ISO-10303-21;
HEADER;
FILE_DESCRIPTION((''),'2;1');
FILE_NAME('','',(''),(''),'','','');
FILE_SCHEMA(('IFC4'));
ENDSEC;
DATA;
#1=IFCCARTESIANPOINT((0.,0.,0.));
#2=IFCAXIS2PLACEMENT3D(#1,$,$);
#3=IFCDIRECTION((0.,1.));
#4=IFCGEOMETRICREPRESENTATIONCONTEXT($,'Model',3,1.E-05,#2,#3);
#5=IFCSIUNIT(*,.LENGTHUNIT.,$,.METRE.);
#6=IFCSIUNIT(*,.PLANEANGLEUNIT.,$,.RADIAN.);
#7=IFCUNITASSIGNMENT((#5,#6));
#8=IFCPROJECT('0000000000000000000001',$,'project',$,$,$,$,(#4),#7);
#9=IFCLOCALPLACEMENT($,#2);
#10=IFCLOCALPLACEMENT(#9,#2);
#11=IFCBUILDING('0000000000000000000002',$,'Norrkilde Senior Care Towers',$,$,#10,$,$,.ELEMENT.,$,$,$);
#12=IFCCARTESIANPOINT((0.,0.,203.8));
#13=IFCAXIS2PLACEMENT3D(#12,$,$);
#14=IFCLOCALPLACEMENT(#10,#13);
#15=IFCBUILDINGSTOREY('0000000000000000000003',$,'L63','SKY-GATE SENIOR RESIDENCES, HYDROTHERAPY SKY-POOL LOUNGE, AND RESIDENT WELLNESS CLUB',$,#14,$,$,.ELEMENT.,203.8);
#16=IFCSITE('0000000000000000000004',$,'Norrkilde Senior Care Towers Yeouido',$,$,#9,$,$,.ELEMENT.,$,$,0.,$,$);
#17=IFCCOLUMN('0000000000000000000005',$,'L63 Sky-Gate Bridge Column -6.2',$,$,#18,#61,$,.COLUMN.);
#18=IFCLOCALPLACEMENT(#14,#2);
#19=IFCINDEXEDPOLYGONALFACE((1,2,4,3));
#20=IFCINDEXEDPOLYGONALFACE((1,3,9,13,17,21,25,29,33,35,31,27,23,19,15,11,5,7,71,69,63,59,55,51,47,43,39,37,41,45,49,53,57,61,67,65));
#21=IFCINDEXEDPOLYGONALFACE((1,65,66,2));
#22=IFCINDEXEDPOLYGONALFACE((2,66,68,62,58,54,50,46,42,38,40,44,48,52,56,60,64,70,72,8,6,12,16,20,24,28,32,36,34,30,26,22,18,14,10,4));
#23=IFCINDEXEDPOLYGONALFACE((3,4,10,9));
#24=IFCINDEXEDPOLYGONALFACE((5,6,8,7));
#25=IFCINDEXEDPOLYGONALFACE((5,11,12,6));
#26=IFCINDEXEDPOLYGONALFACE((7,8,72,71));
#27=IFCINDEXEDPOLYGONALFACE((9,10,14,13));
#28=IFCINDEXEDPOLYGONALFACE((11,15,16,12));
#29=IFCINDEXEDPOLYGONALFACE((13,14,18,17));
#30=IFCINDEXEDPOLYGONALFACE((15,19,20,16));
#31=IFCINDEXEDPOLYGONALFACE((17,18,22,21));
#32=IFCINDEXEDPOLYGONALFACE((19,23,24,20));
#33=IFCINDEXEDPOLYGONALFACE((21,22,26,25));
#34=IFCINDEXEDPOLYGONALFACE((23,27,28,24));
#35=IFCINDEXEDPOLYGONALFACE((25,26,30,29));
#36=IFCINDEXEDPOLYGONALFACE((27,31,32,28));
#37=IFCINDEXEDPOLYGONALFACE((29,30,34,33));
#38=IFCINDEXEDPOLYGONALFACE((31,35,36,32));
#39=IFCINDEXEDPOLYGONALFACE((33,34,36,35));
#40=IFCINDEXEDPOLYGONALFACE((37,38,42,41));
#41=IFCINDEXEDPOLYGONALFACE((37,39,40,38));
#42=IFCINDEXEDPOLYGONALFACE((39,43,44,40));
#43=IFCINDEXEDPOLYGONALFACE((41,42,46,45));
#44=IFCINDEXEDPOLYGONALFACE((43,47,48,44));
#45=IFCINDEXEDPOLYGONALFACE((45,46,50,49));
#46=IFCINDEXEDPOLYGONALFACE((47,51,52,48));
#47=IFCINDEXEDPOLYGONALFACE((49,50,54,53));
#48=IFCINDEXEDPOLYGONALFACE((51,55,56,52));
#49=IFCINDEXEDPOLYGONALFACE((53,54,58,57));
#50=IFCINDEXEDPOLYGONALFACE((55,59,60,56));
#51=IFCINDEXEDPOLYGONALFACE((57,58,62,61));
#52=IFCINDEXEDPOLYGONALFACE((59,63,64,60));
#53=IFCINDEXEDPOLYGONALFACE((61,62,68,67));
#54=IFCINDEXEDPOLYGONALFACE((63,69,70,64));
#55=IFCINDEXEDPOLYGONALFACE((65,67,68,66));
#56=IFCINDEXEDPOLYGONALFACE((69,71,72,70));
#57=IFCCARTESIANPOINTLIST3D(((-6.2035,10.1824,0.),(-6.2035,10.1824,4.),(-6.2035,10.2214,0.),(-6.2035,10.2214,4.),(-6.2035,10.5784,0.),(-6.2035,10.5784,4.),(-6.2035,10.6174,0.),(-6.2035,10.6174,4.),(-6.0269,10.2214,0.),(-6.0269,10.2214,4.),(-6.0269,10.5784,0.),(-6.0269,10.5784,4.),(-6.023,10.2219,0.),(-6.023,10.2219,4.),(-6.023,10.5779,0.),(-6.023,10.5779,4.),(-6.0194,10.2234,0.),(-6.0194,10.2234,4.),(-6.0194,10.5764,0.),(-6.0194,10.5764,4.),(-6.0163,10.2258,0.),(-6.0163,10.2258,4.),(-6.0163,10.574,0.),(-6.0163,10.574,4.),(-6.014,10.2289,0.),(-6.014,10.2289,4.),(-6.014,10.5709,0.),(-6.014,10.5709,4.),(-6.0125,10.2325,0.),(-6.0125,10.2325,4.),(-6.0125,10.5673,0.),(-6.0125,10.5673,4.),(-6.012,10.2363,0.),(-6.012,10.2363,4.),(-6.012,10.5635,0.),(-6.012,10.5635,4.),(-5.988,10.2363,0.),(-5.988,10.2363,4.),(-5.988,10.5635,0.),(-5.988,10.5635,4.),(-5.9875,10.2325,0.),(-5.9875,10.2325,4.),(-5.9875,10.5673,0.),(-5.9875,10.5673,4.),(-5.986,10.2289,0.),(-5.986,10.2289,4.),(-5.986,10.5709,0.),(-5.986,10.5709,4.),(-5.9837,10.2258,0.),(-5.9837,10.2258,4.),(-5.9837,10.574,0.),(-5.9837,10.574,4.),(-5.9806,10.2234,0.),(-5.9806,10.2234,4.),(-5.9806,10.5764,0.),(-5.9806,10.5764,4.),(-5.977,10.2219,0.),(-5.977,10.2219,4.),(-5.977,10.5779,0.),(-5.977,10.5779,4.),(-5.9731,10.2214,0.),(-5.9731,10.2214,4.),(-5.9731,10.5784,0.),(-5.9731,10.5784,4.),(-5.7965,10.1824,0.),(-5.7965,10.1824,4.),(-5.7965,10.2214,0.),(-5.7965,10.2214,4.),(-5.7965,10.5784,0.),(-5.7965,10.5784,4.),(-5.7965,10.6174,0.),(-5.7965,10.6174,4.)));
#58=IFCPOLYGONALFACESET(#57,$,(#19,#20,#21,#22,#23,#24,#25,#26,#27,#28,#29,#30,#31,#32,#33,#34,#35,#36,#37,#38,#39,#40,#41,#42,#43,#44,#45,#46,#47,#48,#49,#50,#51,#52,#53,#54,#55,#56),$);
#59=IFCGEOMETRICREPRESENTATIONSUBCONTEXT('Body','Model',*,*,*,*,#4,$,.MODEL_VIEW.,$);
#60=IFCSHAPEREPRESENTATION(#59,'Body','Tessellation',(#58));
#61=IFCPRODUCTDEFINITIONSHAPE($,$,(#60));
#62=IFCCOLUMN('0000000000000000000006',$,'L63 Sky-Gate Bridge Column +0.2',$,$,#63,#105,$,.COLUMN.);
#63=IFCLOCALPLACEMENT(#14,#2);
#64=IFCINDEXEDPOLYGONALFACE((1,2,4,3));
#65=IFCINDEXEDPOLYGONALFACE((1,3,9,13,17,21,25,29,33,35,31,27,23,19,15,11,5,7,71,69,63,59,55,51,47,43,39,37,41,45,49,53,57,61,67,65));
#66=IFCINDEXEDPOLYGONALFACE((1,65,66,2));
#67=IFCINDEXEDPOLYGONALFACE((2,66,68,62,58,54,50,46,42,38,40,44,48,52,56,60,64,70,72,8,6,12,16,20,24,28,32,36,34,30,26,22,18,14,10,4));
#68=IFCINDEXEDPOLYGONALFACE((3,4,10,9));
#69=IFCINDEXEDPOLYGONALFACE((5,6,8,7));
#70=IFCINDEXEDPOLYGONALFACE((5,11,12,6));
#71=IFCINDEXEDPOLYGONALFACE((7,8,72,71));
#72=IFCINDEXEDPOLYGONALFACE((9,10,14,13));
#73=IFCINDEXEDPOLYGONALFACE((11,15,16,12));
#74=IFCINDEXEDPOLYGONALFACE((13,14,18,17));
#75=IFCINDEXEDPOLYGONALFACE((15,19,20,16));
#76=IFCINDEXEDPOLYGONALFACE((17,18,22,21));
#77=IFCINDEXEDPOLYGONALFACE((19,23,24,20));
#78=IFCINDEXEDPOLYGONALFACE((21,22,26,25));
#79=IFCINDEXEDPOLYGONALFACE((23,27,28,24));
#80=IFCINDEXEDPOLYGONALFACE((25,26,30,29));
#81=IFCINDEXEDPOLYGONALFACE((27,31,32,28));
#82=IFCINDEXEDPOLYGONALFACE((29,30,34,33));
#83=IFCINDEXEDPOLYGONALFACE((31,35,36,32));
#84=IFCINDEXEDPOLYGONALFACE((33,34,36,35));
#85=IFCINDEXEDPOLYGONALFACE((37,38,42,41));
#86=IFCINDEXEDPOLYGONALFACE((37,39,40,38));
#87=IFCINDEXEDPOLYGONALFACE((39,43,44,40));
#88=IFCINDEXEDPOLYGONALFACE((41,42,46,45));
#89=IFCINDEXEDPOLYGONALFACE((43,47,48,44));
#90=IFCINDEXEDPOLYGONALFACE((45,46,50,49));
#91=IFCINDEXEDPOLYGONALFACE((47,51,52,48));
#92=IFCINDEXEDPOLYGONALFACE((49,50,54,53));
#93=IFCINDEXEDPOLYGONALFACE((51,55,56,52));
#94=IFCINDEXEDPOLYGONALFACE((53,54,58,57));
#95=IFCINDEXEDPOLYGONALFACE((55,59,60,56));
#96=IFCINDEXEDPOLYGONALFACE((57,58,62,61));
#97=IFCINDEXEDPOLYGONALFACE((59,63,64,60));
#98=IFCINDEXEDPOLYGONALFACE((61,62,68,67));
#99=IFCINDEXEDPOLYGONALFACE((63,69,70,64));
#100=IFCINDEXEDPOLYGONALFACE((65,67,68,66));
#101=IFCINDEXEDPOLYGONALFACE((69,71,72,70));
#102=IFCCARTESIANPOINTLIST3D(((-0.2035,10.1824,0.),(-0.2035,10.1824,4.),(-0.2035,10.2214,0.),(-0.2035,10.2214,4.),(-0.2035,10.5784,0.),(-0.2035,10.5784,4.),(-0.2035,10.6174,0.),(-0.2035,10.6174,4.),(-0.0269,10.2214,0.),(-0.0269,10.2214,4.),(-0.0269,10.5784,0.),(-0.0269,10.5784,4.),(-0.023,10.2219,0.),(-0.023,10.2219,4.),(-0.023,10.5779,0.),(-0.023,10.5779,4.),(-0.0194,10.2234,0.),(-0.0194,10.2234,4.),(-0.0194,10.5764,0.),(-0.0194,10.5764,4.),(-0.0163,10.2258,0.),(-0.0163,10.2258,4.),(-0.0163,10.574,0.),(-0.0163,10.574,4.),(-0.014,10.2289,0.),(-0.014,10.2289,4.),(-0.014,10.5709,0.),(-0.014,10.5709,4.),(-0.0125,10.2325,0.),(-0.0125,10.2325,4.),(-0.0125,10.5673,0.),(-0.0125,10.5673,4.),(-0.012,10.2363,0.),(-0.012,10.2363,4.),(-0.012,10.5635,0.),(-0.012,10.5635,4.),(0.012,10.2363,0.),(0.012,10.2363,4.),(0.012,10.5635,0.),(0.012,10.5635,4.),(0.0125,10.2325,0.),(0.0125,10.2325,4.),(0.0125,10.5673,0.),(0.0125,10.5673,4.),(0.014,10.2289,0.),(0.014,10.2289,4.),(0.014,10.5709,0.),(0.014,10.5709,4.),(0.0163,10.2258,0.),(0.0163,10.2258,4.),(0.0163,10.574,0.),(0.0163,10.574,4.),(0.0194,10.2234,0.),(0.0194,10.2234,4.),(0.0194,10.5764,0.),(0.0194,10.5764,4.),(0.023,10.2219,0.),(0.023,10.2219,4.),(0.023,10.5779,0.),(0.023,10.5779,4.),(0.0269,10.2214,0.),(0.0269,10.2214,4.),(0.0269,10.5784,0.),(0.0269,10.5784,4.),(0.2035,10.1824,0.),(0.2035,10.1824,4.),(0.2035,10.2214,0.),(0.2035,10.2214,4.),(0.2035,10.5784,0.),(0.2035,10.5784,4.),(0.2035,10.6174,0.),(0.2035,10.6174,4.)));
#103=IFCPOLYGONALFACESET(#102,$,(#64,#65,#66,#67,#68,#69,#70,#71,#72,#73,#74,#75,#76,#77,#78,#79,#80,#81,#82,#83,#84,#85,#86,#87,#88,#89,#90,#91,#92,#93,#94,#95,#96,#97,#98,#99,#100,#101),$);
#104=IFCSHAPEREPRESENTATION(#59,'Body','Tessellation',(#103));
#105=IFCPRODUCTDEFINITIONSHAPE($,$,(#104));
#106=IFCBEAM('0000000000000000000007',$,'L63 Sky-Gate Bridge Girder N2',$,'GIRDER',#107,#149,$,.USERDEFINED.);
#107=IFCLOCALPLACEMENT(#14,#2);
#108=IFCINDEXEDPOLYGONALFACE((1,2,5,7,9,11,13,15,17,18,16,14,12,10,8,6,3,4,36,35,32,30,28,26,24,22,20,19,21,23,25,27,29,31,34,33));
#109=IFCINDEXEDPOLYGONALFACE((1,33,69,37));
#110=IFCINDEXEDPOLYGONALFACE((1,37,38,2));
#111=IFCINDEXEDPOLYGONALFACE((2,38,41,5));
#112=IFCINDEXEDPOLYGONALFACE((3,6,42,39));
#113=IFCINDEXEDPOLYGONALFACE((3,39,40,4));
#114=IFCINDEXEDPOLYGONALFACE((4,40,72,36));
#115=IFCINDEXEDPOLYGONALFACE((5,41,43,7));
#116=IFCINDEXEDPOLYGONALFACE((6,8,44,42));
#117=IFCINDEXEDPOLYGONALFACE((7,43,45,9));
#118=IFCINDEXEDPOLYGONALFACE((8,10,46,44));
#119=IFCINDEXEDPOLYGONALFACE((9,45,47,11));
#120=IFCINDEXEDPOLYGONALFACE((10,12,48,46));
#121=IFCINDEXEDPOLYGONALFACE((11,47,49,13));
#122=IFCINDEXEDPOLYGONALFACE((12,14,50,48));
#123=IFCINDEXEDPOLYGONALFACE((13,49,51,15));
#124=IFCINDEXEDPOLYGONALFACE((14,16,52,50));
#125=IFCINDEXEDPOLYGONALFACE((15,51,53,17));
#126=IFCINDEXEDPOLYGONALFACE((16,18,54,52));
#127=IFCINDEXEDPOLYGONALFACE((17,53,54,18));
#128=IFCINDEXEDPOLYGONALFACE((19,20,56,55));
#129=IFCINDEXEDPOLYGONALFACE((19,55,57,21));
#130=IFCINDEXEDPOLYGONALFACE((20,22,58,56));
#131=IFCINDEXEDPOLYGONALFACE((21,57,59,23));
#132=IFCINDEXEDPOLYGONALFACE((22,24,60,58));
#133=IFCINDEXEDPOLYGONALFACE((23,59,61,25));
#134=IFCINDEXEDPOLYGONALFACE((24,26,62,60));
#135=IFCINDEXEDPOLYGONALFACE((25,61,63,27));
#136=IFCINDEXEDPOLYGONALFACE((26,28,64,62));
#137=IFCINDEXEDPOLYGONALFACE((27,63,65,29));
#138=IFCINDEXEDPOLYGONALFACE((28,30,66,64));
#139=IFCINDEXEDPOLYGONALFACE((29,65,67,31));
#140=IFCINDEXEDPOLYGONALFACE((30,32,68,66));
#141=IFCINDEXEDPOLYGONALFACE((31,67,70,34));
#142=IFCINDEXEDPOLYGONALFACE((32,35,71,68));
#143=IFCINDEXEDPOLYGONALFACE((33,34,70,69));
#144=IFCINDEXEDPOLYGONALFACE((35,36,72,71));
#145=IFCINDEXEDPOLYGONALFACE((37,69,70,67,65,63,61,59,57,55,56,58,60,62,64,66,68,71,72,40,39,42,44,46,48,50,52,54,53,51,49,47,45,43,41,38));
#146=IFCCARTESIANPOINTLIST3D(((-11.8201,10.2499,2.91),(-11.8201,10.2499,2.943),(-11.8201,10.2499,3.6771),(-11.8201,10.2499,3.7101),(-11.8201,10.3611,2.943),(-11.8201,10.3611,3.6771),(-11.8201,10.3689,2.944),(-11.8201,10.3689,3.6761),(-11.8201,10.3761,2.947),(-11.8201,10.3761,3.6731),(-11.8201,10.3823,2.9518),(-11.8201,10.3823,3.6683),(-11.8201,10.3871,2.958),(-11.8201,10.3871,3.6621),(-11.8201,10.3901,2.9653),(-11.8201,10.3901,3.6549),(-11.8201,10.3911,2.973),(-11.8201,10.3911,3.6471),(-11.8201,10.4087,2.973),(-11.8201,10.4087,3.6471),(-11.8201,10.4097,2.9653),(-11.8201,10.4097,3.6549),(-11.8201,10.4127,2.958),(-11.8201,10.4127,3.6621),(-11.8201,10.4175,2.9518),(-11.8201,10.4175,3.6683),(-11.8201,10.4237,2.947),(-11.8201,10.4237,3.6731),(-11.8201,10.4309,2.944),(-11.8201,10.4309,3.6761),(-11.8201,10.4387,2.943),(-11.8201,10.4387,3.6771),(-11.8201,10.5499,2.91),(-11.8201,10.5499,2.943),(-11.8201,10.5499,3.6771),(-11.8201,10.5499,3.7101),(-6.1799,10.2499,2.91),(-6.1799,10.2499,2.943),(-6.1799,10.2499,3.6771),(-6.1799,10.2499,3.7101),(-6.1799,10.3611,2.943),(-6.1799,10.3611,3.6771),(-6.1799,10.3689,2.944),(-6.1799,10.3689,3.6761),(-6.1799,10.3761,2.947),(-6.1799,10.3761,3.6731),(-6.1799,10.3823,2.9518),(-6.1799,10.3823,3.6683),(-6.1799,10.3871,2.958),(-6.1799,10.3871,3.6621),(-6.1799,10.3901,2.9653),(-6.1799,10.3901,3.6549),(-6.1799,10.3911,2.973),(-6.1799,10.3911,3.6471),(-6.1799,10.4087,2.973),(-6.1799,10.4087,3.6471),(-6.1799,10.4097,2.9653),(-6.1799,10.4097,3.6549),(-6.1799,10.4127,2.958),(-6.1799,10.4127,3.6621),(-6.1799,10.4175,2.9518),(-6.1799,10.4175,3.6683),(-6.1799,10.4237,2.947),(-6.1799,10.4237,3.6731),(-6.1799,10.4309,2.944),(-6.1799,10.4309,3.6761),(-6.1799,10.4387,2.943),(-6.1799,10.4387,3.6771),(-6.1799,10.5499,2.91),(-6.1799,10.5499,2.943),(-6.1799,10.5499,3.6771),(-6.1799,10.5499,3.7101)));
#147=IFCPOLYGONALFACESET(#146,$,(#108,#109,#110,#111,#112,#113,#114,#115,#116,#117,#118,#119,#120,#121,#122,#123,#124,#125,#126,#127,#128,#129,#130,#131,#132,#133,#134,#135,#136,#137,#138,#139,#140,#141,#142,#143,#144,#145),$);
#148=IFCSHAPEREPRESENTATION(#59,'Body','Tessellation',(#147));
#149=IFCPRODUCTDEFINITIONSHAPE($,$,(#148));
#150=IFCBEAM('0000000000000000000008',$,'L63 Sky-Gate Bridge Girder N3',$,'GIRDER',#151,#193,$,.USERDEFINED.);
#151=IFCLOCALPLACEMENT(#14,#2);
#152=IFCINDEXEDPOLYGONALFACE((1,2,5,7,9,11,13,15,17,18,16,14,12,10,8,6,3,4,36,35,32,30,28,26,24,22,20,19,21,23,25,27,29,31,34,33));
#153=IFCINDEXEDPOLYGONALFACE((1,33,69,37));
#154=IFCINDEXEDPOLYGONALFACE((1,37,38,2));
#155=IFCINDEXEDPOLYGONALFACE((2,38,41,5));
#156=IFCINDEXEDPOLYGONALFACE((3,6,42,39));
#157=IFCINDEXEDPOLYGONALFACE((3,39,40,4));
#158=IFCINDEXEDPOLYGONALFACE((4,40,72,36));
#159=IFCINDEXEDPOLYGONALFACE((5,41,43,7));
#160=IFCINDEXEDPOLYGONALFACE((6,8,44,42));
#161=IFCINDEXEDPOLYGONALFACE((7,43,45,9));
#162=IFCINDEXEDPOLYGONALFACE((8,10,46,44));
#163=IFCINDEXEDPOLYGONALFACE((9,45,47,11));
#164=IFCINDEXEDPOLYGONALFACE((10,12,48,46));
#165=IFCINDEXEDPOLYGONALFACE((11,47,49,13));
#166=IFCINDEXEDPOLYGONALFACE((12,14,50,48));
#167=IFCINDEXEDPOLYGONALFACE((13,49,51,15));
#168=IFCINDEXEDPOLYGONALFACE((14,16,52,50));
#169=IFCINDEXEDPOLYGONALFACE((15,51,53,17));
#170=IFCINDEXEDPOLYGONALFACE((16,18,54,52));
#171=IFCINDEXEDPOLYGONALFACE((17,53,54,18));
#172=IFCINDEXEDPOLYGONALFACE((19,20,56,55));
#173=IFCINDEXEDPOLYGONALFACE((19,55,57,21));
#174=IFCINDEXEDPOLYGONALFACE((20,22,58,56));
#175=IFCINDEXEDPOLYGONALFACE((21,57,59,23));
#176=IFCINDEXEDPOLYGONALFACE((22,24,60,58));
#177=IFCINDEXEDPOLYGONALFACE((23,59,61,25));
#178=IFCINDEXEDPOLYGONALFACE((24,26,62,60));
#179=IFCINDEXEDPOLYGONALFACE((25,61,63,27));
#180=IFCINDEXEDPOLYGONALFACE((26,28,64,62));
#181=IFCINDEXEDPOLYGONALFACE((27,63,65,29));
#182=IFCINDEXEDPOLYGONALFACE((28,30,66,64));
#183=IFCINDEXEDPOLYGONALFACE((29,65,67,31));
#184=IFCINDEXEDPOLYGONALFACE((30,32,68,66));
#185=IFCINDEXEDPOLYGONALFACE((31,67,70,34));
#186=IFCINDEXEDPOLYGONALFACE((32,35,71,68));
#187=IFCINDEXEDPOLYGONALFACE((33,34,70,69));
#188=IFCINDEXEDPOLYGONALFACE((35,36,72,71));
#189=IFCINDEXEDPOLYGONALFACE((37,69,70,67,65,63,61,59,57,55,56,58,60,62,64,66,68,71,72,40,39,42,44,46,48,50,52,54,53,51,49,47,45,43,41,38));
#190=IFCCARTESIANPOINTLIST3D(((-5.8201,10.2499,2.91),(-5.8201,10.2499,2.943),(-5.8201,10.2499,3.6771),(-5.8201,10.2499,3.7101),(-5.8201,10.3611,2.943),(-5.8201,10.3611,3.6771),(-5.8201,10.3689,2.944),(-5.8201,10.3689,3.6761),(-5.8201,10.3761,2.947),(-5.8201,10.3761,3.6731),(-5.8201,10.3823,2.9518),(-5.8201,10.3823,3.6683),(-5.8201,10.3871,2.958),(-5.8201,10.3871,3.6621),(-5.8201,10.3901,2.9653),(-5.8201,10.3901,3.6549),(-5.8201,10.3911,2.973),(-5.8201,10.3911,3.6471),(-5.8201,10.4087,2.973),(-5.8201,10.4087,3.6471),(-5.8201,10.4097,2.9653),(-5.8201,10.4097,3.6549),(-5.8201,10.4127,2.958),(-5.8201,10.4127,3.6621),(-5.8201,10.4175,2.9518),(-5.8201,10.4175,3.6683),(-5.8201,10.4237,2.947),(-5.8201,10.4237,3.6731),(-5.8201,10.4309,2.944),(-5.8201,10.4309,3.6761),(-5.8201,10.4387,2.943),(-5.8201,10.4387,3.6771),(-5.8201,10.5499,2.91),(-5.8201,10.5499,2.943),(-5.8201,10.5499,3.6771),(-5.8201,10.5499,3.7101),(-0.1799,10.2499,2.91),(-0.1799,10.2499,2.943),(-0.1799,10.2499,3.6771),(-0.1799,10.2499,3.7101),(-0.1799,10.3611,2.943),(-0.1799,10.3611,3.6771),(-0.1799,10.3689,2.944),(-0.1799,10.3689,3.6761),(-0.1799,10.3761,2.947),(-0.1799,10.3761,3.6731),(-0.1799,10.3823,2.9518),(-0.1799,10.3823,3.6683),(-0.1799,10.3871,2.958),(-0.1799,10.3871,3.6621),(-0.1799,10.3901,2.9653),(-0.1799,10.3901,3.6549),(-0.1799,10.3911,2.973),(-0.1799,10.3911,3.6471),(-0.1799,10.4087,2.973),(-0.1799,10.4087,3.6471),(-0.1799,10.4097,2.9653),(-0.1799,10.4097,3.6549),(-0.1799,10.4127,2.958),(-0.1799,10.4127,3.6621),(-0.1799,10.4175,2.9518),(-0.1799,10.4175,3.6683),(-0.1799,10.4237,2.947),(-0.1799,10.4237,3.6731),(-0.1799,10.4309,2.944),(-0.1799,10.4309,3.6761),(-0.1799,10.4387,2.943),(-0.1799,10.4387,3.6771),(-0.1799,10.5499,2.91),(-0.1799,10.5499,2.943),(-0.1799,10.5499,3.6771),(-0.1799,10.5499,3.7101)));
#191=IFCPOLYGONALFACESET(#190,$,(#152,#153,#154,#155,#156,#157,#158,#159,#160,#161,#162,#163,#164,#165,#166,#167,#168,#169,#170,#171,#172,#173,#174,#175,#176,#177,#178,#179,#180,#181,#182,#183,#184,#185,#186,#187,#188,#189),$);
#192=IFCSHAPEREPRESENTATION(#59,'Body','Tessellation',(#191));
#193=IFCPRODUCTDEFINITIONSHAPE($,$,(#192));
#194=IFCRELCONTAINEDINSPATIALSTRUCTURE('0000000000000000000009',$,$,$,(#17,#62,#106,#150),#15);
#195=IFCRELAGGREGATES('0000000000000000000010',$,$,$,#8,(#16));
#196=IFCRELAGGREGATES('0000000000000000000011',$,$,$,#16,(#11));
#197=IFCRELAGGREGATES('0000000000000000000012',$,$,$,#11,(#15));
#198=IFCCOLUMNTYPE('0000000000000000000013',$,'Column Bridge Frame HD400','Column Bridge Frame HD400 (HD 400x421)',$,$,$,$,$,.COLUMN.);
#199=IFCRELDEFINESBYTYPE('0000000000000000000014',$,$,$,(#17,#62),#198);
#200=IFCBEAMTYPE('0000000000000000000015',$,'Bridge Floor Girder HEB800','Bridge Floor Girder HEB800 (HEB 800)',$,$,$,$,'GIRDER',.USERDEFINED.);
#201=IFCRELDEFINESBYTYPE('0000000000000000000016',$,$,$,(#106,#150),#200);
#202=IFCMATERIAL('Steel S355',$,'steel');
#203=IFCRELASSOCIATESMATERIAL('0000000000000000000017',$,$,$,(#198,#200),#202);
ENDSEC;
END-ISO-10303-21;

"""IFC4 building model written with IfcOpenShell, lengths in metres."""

from ifc_helpers import new_model, si_unit, direction, frame, origin, origin_2d, place, context, subcontext, project, spatial, i_section, extrude, source, transform, mapped, material, material_profile, profile_set, type_object, type_shapes, element, save


model = new_model("IFC4")

# Units and contexts
model_context = context("Model", 3, precision=1e-05, world=origin(), true_north=direction((0.0, 1.0)))
body_context = subcontext(model_context, "Body", "Model", "MODEL_VIEW")
ifc_project = project(units=[si_unit("LENGTHUNIT", "METRE"), si_unit("PLANEANGLEUNIT", "RADIAN")], contexts=[model_context])

# Site, building, storey
site_placement = place(None, origin())
site = spatial("IfcSite", under=ifc_project, at=site_placement, Name="Norrkilde Senior Care Towers Yeouido", CompositionType="ELEMENT", RefElevation=0.0)
building_placement = place(site_placement, origin())
building = spatial("IfcBuilding", under=site, at=building_placement, Name="Norrkilde Senior Care Towers", CompositionType="ELEMENT")
storey_placement = place(building_placement, frame((0.0, 0.0, 203.8)))
storey = spatial("IfcBuildingStorey", under=building, at=storey_placement, Name="L63", Description="SKY-GATE SENIOR RESIDENCES, HYDROTHERAPY SKY-POOL LOUNGE, AND RESIDENT WELLNESS CLUB", CompositionType="ELEMENT", Elevation=203.8)

# Columns
ifc_material_1 = material(Name="Steel S355", Category="steel")
ifc_material_profile_1 = material_profile(ifc_material_1, i_section(OverallWidth=0.407, OverallDepth=0.4351, WebThickness=0.0239, FlangeThickness=0.0391, FilletRadius=0.0149, at=origin_2d()), Name="HD 400x421")
ifc_profile_set_1 = profile_set([ifc_material_profile_1], Name="Steel S355")
column_type = type_object("IfcColumnType", Name="Column Bridge Frame HD400", Description="Column Bridge Frame HD400 (HD 400x421)", PredefinedType="COLUMN", material=ifc_profile_set_1)
shared_shape_1 = source(origin(), body_context, "Body", "SweptSolid", [
    extrude(i_section(OverallWidth=0.407, OverallDepth=0.4351, WebThickness=0.0239, FlangeThickness=0.0391, FilletRadius=0.0149, at=origin_2d()), origin(), (0.0, 0.0, 1.0), 4.0),
])
type_shapes(column_type, [shared_shape_1])
for number, where, z_axis, x_axis, name in (
    (1, (-6.0, 10.3999, 0.0), (0.0, 0.0, 1.0), (1.0, 0.0, 0.0), "L63 Sky-Gate Bridge Column -6.2"),
    (2, (0.0, 10.3999, 0.0), (0.0, 0.0, 1.0), (1.0, 0.0, 0.0), "L63 Sky-Gate Bridge Column +0.2"),
):
    element("IfcColumn", number, at=place(storey_placement, frame(where, z_axis=z_axis, x_axis=x_axis)), inside=storey, type_object=column_type, Name=name, PredefinedType="COLUMN", context=body_context, shape_type="MappedRepresentation", body=[
        mapped(shared_shape_1, transform((0.0, 0.0, 0.0), x_axis=(1.0, 0.0, 0.0), y_axis=(0.0, 1.0, 0.0), z_axis=(0.0, 0.0, 1.0), scale=1.0)),
    ])

# Beams
ifc_material_profile_2 = material_profile(ifc_material_1, i_section(OverallWidth=0.3, OverallDepth=0.8, WebThickness=0.0176, FlangeThickness=0.033, FilletRadius=0.03, at=origin_2d()), Name="HEB 800")
ifc_profile_set_2 = profile_set([ifc_material_profile_2], Name="Steel S355")
beam_type_1 = type_object("IfcBeamType", Name="Bridge Floor Girder HEB800", Description="Bridge Floor Girder HEB800 (HEB 800)", ElementType="GIRDER", PredefinedType="USERDEFINED", material=ifc_profile_set_2)
shared_shape_2 = source(origin(), body_context, "Body", "SweptSolid", [
    extrude(i_section(OverallWidth=0.3, OverallDepth=0.8, WebThickness=0.0176, FlangeThickness=0.033, FilletRadius=0.03, at=origin_2d()), origin(), (0.0, 0.0, 1.0), 5.6401),
])
type_shapes(beam_type_1, [shared_shape_2])
for number, where, z_axis, x_axis, name in (
    (3, (-11.8201, 10.3999, 3.3101), (1.0, 0.0, 0.0), (0.0, 1.0, 0.0), "L63 Sky-Gate Bridge Girder N2"),
    (4, (-5.8201, 10.3999, 3.3101), (1.0, 0.0, 0.0), (0.0, 1.0, 0.0), "L63 Sky-Gate Bridge Girder N3"),
):
    element("IfcBeam", number, at=place(storey_placement, frame(where, z_axis=z_axis, x_axis=x_axis)), inside=storey, type_object=beam_type_1, Name=name, ObjectType="GIRDER", PredefinedType="USERDEFINED", context=body_context, shape_type="MappedRepresentation", body=[
        mapped(shared_shape_2, transform((0.0, 0.0, 0.0), x_axis=(1.0, 0.0, 0.0), y_axis=(0.0, 1.0, 0.0), z_axis=(0.0, 0.0, 1.0), scale=1.0)),
    ])

save(model, "model.ifc")
